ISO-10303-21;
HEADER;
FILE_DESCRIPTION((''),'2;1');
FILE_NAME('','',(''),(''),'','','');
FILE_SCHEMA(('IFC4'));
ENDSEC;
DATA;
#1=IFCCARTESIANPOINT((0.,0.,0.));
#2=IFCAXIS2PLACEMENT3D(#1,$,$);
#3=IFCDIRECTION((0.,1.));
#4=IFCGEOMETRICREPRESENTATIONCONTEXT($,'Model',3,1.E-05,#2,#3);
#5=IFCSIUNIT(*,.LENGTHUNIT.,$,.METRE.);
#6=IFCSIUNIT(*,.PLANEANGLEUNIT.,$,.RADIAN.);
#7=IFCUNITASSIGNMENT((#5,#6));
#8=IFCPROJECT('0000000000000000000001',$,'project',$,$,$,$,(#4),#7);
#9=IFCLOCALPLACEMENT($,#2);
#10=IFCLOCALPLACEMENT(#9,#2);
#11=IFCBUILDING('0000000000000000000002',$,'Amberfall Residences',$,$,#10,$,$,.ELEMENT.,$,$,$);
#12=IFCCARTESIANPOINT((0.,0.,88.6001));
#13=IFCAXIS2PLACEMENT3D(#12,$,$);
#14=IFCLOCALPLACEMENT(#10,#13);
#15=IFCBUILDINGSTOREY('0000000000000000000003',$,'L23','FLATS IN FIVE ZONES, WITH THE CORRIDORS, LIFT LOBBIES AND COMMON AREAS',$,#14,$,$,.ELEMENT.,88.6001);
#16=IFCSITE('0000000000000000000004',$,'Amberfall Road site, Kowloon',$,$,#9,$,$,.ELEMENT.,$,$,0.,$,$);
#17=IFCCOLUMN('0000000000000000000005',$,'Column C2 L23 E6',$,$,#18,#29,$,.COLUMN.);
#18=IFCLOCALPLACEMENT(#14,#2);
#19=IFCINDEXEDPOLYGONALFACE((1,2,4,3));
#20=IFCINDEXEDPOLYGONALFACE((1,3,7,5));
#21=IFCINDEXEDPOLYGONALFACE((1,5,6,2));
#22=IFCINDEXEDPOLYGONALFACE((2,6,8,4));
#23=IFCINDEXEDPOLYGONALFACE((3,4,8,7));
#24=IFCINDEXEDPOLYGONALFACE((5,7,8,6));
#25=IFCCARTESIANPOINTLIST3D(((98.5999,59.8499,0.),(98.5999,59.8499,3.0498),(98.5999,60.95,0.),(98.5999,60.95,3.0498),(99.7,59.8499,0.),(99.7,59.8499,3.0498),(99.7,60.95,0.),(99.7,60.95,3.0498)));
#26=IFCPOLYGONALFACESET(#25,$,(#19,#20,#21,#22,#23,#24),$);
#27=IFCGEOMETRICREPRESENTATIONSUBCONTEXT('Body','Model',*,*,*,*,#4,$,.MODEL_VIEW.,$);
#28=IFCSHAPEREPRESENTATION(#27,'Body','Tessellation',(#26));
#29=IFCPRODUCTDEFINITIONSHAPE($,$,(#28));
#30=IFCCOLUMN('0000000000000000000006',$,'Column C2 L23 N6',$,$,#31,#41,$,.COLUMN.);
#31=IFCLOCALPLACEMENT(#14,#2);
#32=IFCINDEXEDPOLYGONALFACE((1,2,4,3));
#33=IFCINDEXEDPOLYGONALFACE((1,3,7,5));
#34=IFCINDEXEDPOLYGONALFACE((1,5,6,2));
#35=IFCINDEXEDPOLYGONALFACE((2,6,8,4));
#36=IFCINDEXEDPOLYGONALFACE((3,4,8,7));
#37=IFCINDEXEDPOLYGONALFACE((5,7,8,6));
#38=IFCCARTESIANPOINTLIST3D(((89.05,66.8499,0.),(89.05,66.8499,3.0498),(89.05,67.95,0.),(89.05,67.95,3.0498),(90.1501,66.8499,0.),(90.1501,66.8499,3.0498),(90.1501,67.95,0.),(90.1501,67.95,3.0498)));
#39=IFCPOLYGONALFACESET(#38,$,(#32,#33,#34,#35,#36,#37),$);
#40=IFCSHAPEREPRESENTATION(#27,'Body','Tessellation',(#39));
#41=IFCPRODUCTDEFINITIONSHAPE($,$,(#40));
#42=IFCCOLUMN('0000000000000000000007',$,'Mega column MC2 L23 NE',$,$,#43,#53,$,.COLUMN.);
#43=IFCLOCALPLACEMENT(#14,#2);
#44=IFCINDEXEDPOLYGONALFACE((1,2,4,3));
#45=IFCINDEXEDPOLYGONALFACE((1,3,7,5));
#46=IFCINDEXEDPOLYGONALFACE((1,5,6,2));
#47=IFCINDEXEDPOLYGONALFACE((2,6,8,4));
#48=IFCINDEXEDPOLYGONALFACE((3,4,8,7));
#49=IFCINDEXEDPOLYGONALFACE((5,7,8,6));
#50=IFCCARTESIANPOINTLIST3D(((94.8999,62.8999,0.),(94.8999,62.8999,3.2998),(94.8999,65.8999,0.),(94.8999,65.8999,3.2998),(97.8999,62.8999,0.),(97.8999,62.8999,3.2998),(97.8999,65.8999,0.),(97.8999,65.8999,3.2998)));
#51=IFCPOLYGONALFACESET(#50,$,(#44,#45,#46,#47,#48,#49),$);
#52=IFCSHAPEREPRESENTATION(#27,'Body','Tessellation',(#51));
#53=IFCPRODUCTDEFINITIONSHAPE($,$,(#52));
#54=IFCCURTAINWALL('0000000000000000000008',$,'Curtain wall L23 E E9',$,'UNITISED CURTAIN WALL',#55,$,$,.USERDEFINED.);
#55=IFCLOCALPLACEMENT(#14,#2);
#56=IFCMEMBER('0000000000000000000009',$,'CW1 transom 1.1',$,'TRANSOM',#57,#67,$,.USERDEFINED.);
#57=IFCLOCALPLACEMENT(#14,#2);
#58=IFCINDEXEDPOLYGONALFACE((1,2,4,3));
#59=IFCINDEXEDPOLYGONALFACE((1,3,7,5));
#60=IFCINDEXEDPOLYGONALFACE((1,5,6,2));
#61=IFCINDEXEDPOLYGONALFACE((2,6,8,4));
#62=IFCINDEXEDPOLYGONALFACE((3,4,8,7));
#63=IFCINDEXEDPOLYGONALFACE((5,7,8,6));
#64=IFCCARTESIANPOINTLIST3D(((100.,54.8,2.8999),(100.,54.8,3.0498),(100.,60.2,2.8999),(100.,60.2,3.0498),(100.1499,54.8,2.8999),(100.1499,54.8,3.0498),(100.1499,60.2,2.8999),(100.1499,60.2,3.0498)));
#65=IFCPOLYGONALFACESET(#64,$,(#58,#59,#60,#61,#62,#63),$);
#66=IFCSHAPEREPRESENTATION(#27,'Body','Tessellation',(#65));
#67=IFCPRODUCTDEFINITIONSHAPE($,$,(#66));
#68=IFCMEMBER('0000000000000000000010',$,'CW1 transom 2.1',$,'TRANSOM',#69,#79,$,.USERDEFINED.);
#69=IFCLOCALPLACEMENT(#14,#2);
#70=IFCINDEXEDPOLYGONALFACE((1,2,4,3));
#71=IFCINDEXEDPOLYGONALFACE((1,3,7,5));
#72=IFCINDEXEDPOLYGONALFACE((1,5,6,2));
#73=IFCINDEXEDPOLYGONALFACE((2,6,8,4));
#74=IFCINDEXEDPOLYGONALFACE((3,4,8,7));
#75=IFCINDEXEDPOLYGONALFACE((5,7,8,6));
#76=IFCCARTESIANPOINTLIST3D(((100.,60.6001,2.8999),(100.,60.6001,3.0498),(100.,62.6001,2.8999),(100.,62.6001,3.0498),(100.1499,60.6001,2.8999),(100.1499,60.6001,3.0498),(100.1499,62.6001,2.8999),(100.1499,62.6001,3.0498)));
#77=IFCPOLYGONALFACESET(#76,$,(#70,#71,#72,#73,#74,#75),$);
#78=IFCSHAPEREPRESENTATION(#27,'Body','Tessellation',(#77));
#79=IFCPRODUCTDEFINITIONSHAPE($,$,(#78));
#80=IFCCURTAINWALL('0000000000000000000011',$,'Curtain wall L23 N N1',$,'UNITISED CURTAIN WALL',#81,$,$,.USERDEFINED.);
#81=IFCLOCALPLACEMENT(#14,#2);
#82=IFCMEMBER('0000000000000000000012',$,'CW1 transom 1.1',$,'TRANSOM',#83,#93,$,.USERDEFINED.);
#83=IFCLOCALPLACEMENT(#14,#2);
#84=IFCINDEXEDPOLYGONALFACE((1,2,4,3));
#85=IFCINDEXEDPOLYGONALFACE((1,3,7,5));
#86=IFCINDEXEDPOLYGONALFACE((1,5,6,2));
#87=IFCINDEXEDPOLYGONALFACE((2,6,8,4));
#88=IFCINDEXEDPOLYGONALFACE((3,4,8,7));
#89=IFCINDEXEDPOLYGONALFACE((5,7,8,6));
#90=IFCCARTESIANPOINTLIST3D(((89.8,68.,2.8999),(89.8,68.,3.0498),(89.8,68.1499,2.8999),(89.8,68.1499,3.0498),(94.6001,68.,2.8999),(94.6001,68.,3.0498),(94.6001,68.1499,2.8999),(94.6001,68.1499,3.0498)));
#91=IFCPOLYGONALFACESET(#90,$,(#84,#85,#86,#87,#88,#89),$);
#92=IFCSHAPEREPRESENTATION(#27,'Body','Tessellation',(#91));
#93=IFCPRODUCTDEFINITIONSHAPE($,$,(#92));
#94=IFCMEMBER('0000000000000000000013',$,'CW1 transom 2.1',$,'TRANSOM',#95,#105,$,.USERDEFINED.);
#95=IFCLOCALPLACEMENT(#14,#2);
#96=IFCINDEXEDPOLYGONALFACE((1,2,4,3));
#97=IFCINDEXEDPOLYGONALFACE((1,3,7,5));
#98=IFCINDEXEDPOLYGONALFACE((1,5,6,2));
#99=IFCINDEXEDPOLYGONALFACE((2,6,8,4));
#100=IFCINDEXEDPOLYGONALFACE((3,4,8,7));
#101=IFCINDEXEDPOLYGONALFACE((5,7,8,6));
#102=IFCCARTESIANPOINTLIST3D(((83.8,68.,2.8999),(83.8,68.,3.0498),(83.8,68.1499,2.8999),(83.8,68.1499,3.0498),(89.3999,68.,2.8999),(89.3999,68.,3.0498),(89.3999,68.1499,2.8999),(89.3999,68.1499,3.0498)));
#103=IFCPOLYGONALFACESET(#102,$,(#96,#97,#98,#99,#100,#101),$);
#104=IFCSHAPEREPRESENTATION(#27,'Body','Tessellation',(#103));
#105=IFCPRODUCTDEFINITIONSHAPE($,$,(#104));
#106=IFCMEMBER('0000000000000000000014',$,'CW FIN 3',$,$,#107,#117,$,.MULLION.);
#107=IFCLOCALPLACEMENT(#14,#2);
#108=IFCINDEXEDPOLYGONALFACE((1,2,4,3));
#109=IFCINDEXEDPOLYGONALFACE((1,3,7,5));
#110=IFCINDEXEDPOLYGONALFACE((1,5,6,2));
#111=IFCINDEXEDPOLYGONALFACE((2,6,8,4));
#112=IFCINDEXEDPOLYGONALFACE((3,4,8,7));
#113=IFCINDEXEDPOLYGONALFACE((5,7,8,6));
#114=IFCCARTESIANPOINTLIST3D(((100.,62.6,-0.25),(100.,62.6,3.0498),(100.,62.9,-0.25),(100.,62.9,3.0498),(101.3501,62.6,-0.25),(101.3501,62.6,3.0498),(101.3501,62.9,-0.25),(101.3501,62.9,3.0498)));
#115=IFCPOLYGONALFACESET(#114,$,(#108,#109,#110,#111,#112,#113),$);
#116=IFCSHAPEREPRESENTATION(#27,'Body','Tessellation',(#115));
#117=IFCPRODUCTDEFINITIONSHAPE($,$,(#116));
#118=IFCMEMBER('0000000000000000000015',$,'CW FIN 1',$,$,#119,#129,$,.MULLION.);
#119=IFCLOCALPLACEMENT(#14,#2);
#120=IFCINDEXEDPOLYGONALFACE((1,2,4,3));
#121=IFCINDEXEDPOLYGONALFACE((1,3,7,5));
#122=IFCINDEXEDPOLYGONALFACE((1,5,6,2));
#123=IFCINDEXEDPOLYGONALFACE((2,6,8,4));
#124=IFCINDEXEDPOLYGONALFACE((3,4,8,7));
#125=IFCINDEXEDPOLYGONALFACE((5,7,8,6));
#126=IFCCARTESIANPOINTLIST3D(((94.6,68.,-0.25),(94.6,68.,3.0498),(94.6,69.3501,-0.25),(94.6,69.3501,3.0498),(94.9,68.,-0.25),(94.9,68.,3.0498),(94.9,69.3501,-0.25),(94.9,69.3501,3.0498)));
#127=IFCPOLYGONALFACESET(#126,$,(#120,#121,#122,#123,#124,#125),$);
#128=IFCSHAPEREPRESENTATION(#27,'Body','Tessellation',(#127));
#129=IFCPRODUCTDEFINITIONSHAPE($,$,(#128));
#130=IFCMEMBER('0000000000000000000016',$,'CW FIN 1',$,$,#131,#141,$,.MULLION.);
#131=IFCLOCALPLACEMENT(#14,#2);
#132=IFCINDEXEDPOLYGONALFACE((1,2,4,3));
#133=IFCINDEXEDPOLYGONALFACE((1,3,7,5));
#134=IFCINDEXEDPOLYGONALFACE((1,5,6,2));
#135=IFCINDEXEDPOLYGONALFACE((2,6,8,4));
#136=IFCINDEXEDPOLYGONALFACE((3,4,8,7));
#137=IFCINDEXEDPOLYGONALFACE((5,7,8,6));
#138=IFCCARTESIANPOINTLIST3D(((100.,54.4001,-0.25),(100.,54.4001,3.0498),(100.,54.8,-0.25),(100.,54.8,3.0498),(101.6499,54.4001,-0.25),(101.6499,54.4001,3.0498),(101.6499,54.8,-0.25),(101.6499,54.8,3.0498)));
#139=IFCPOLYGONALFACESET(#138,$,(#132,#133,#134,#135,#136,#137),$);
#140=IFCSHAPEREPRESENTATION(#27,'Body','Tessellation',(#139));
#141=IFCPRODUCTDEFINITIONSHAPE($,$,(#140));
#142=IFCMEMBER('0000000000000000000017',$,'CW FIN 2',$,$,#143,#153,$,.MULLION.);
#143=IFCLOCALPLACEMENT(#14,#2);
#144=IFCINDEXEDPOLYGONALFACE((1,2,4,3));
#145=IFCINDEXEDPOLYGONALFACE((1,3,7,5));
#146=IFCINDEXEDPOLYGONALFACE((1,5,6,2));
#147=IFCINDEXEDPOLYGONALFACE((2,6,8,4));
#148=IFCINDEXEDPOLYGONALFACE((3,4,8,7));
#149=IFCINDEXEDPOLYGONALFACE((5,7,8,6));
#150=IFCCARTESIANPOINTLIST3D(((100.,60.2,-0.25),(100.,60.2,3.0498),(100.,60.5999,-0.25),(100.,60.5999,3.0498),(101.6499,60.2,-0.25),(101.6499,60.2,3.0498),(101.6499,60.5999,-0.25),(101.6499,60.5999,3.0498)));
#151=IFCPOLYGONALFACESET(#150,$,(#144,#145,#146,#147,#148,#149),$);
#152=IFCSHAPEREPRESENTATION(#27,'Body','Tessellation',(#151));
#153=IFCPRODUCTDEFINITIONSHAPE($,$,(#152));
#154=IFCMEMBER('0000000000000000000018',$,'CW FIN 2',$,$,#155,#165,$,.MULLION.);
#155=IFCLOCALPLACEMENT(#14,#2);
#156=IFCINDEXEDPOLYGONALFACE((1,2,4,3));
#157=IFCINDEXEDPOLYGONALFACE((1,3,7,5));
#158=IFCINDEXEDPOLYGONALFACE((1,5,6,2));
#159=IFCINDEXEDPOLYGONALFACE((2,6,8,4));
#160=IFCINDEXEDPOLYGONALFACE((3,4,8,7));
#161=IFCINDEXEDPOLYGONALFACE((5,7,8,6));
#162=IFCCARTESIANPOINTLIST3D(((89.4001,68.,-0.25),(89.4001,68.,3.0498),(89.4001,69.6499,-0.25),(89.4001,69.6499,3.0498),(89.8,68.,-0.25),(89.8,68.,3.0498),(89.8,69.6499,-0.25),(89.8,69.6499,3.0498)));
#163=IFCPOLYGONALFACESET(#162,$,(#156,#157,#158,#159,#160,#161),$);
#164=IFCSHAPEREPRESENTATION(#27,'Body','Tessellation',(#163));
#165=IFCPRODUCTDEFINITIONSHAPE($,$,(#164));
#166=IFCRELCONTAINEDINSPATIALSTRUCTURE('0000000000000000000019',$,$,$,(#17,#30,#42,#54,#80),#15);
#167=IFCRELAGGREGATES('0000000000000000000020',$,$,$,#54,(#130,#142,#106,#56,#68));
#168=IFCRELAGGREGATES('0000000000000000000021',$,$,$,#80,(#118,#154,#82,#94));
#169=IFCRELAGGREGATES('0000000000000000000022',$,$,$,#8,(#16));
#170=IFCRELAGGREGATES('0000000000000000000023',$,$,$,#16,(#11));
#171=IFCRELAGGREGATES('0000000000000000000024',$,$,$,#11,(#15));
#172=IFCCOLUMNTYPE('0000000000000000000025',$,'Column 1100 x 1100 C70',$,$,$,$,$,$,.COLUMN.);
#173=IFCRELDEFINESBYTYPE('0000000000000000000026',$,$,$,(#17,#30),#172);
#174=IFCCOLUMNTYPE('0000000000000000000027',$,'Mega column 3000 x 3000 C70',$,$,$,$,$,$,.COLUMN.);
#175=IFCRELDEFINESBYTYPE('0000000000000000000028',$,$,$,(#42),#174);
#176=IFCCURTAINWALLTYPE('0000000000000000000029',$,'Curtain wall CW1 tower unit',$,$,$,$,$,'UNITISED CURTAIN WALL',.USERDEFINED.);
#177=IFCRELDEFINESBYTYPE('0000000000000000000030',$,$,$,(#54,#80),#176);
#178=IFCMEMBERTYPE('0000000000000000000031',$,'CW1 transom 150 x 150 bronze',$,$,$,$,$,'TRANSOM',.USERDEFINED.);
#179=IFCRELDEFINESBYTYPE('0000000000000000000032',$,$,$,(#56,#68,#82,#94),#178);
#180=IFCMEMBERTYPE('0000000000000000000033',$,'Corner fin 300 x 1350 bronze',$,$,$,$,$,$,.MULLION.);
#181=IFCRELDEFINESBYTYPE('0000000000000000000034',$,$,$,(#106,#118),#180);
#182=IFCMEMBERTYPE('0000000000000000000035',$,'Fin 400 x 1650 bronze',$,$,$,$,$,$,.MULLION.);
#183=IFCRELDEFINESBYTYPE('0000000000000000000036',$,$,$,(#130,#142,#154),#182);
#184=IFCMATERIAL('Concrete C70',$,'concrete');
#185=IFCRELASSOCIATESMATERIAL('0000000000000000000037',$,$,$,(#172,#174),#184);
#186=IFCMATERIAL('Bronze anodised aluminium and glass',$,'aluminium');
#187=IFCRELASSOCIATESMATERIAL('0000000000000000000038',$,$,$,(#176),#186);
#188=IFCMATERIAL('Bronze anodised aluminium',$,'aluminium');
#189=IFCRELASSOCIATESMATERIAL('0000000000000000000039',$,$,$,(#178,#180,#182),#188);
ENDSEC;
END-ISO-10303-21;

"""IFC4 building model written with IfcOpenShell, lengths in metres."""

from ifc_helpers import new_model, si_unit, direction, frame, origin, origin_2d, place, context, subcontext, project, spatial, rectangle, extrude, material, material_profile, profile_set, type_object, element, aggregate, save


model = new_model("IFC4")

# Units and contexts
model_context = context("Model", 3, precision=1e-05, world=origin(), true_north=direction((0.0, 1.0)))
body_context = subcontext(model_context, "Body", "Model", "MODEL_VIEW")
ifc_project = project(units=[si_unit("LENGTHUNIT", "METRE"), si_unit("PLANEANGLEUNIT", "RADIAN")], contexts=[model_context])

# Site, building, storey
site_placement = place(None, origin())
site = spatial("IfcSite", under=ifc_project, at=site_placement, Name="Amberfall Road site, Kowloon", CompositionType="ELEMENT", RefElevation=0.0)
building_placement = place(site_placement, origin())
building = spatial("IfcBuilding", under=site, at=building_placement, Name="Amberfall Residences", CompositionType="ELEMENT")
storey_placement = place(building_placement, frame((0.0, 0.0, 88.6001)))
storey = spatial("IfcBuildingStorey", under=building, at=storey_placement, Name="L23", Description="FLATS IN FIVE ZONES, WITH THE CORRIDORS, LIFT LOBBIES AND COMMON AREAS", CompositionType="ELEMENT", Elevation=88.6001)

# Columns
ifc_material_1 = material(Name="Concrete C70", Category="concrete")
ifc_material_profile_1 = material_profile(ifc_material_1, rectangle(XDim=1.1001, YDim=1.1001, at=origin_2d()), Name="Column 1100 x 1100 C70")
ifc_profile_set_1 = profile_set([ifc_material_profile_1], Name="Concrete C70")
column_type_1 = type_object("IfcColumnType", Name="Column 1100 x 1100 C70", PredefinedType="COLUMN", material=ifc_profile_set_1)
for number, where, z_axis, x_axis, name in (
    (1, (99.1499, 60.3999, 0.0), (0.0, 0.0, 1.0), (1.0, 0.0, 0.0), "Column C2 L23 E6"),
    (2, (89.6001, 67.3999, 0.0), (0.0, 0.0, 1.0), (1.0, 0.0, 0.0), "Column C2 L23 N6"),
):
    element("IfcColumn", number, at=place(storey_placement, frame(where, z_axis=z_axis, x_axis=x_axis)), inside=storey, type_object=column_type_1, Name=name, PredefinedType="COLUMN", context=body_context, shape_type="SweptSolid", body=[
        extrude(rectangle(XDim=1.1001, YDim=1.1001, at=origin_2d()), origin(), (0.0, 0.0, 1.0), 3.0498),
    ])
ifc_material_profile_2 = material_profile(ifc_material_1, rectangle(XDim=3.0, YDim=3.0, at=origin_2d()), Name="Mega column 3000 x 3000 C70")
ifc_profile_set_2 = profile_set([ifc_material_profile_2], Name="Concrete C70")
column_type_2 = type_object("IfcColumnType", Name="Mega column 3000 x 3000 C70", PredefinedType="COLUMN", material=ifc_profile_set_2)
column_placement = place(storey_placement, frame((96.3999, 64.3999, 0.0), z_axis=(0.0, 0.0, 1.0), x_axis=(1.0, 0.0, 0.0)))
element("IfcColumn", 3, at=column_placement, inside=storey, type_object=column_type_2, Name="Mega column MC2 L23 NE", PredefinedType="COLUMN", context=body_context, shape_type="SweptSolid", body=[
    extrude(rectangle(XDim=3.0, YDim=3.0, at=origin_2d()), origin(), (0.0, 0.0, 1.0), 3.2998),
])

# Curtain walls, members
ifc_material_2 = material(Name="Bronze anodised aluminium and glass", Category="aluminium")
curtain_wall_type = type_object("IfcCurtainWallType", Name="Curtain wall CW1 tower unit", ElementType="UNITISED CURTAIN WALL", PredefinedType="USERDEFINED", material=ifc_material_2)
curtain_wall_1_placement = place(storey_placement, origin())
curtain_wall_1 = element("IfcCurtainWall", 4, at=curtain_wall_1_placement, inside=storey, type_object=curtain_wall_type, Name="Curtain wall L23 E E9", ObjectType="UNITISED CURTAIN WALL", PredefinedType="USERDEFINED")
ifc_material_3 = material(Name="Bronze anodised aluminium", Category="aluminium")
ifc_material_profile_3 = material_profile(ifc_material_3, rectangle(XDim=0.1499, YDim=0.1499, at=origin_2d()), Name="CW1 transom 150 x 150 bronze")
ifc_profile_set_3 = profile_set([ifc_material_profile_3], Name="Bronze anodised aluminium")
member_type_1 = type_object("IfcMemberType", Name="CW1 transom 150 x 150 bronze", ElementType="TRANSOM", PredefinedType="USERDEFINED", material=ifc_profile_set_3)
member_1_placement = place(storey_placement, frame((100.075, 54.8, 2.9749), z_axis=(0.0, 1.0, 0.0), x_axis=(-1.0, 0.0, 0.0)))
member_1 = element("IfcMember", 5, at=member_1_placement, type_object=member_type_1, Name="CW1 transom 1.1", ObjectType="TRANSOM", PredefinedType="USERDEFINED", context=body_context, shape_type="SweptSolid", body=[
    extrude(rectangle(XDim=0.1499, YDim=0.1499, at=origin_2d()), origin(), (0.0, 0.0, 1.0), 5.3999),
])
member_2_placement = place(storey_placement, frame((100.075, 60.6001, 2.9749), z_axis=(0.0, 1.0, 0.0), x_axis=(-1.0, 0.0, 0.0)))
member_2 = element("IfcMember", 6, at=member_2_placement, type_object=member_type_1, Name="CW1 transom 2.1", ObjectType="TRANSOM", PredefinedType="USERDEFINED", context=body_context, shape_type="SweptSolid", body=[
    extrude(rectangle(XDim=0.1499, YDim=0.1499, at=origin_2d()), origin(), (0.0, 0.0, 1.0), 2.0),
])
curtain_wall_2_placement = place(storey_placement, origin())
curtain_wall_2 = element("IfcCurtainWall", 7, at=curtain_wall_2_placement, inside=storey, type_object=curtain_wall_type, Name="Curtain wall L23 N N1", ObjectType="UNITISED CURTAIN WALL", PredefinedType="USERDEFINED")
member_3_placement = place(storey_placement, frame((94.6001, 68.075, 2.9749), z_axis=(-1.0, 0.0, 0.0), x_axis=(0.0, -1.0, 0.0)))
member_3 = element("IfcMember", 8, at=member_3_placement, type_object=member_type_1, Name="CW1 transom 1.1", ObjectType="TRANSOM", PredefinedType="USERDEFINED", context=body_context, shape_type="SweptSolid", body=[
    extrude(rectangle(XDim=0.1499, YDim=0.1499, at=origin_2d()), origin(), (0.0, 0.0, 1.0), 4.8),
])
member_4_placement = place(storey_placement, frame((89.3999, 68.075, 2.9749), z_axis=(-1.0, 0.0, 0.0), x_axis=(0.0, -1.0, 0.0)))
member_4 = element("IfcMember", 9, at=member_4_placement, type_object=member_type_1, Name="CW1 transom 2.1", ObjectType="TRANSOM", PredefinedType="USERDEFINED", context=body_context, shape_type="SweptSolid", body=[
    extrude(rectangle(XDim=0.1499, YDim=0.1499, at=origin_2d()), origin(), (0.0, 0.0, 1.0), 5.5999),
])

# Members
ifc_material_profile_4 = material_profile(ifc_material_3, rectangle(XDim=1.3501, YDim=0.3, at=origin_2d()), Name="Corner fin 300 x 1350 bronze")
ifc_profile_set_4 = profile_set([ifc_material_profile_4], Name="Bronze anodised aluminium")
member_type_2 = type_object("IfcMemberType", Name="Corner fin 300 x 1350 bronze", PredefinedType="MULLION", material=ifc_profile_set_4)
member_5_placement = place(storey_placement, frame((100.675, 62.75, -0.25), z_axis=(0.0, 0.0, 1.0), x_axis=(-1.0, 0.0, 0.0)))
member_5 = element("IfcMember", 10, at=member_5_placement, type_object=member_type_2, Name="CW FIN 3", PredefinedType="MULLION", context=body_context, shape_type="SweptSolid", body=[
    extrude(rectangle(XDim=1.3501, YDim=0.3, at=origin_2d()), origin(), (0.0, 0.0, 1.0), 3.2998),
])
member_6_placement = place(storey_placement, frame((94.75, 68.675, -0.25), z_axis=(0.0, 0.0, 1.0), x_axis=(0.0, -1.0, 0.0)))
member_6 = element("IfcMember", 11, at=member_6_placement, type_object=member_type_2, Name="CW FIN 1", PredefinedType="MULLION", context=body_context, shape_type="SweptSolid", body=[
    extrude(rectangle(XDim=1.3501, YDim=0.3, at=origin_2d()), origin(), (0.0, 0.0, 1.0), 3.2998),
])
ifc_material_profile_5 = material_profile(ifc_material_3, rectangle(XDim=1.6499, YDim=0.3999, at=origin_2d()), Name="Fin 400 x 1650 bronze")
ifc_profile_set_5 = profile_set([ifc_material_profile_5], Name="Bronze anodised aluminium")
member_type_3 = type_object("IfcMemberType", Name="Fin 400 x 1650 bronze", PredefinedType="MULLION", material=ifc_profile_set_5)
member_7_placement = place(storey_placement, frame((100.825, 54.6001, -0.25), z_axis=(0.0, 0.0, 1.0), x_axis=(-1.0, 0.0, 0.0)))
member_7 = element("IfcMember", 12, at=member_7_placement, type_object=member_type_3, Name="CW FIN 1", PredefinedType="MULLION", context=body_context, shape_type="SweptSolid", body=[
    extrude(rectangle(XDim=1.6499, YDim=0.3999, at=origin_2d()), origin(), (0.0, 0.0, 1.0), 3.2998),
])
member_8_placement = place(storey_placement, frame((100.825, 60.3999, -0.25), z_axis=(0.0, 0.0, 1.0), x_axis=(-1.0, 0.0, 0.0)))
member_8 = element("IfcMember", 13, at=member_8_placement, type_object=member_type_3, Name="CW FIN 2", PredefinedType="MULLION", context=body_context, shape_type="SweptSolid", body=[
    extrude(rectangle(XDim=1.6499, YDim=0.3999, at=origin_2d()), origin(), (0.0, 0.0, 1.0), 3.2998),
])
member_9_placement = place(storey_placement, frame((89.6001, 68.825, -0.25), z_axis=(0.0, 0.0, 1.0), x_axis=(0.0, -1.0, 0.0)))
member_9 = element("IfcMember", 14, at=member_9_placement, type_object=member_type_3, Name="CW FIN 2", PredefinedType="MULLION", context=body_context, shape_type="SweptSolid", body=[
    extrude(rectangle(XDim=1.6499, YDim=0.3999, at=origin_2d()), origin(), (0.0, 0.0, 1.0), 3.2998),
])

aggregate(curtain_wall_1, [member_7, member_8, member_5, member_1, member_2])
aggregate(curtain_wall_2, [member_6, member_9, member_3, member_4])

save(model, "model.ifc")
